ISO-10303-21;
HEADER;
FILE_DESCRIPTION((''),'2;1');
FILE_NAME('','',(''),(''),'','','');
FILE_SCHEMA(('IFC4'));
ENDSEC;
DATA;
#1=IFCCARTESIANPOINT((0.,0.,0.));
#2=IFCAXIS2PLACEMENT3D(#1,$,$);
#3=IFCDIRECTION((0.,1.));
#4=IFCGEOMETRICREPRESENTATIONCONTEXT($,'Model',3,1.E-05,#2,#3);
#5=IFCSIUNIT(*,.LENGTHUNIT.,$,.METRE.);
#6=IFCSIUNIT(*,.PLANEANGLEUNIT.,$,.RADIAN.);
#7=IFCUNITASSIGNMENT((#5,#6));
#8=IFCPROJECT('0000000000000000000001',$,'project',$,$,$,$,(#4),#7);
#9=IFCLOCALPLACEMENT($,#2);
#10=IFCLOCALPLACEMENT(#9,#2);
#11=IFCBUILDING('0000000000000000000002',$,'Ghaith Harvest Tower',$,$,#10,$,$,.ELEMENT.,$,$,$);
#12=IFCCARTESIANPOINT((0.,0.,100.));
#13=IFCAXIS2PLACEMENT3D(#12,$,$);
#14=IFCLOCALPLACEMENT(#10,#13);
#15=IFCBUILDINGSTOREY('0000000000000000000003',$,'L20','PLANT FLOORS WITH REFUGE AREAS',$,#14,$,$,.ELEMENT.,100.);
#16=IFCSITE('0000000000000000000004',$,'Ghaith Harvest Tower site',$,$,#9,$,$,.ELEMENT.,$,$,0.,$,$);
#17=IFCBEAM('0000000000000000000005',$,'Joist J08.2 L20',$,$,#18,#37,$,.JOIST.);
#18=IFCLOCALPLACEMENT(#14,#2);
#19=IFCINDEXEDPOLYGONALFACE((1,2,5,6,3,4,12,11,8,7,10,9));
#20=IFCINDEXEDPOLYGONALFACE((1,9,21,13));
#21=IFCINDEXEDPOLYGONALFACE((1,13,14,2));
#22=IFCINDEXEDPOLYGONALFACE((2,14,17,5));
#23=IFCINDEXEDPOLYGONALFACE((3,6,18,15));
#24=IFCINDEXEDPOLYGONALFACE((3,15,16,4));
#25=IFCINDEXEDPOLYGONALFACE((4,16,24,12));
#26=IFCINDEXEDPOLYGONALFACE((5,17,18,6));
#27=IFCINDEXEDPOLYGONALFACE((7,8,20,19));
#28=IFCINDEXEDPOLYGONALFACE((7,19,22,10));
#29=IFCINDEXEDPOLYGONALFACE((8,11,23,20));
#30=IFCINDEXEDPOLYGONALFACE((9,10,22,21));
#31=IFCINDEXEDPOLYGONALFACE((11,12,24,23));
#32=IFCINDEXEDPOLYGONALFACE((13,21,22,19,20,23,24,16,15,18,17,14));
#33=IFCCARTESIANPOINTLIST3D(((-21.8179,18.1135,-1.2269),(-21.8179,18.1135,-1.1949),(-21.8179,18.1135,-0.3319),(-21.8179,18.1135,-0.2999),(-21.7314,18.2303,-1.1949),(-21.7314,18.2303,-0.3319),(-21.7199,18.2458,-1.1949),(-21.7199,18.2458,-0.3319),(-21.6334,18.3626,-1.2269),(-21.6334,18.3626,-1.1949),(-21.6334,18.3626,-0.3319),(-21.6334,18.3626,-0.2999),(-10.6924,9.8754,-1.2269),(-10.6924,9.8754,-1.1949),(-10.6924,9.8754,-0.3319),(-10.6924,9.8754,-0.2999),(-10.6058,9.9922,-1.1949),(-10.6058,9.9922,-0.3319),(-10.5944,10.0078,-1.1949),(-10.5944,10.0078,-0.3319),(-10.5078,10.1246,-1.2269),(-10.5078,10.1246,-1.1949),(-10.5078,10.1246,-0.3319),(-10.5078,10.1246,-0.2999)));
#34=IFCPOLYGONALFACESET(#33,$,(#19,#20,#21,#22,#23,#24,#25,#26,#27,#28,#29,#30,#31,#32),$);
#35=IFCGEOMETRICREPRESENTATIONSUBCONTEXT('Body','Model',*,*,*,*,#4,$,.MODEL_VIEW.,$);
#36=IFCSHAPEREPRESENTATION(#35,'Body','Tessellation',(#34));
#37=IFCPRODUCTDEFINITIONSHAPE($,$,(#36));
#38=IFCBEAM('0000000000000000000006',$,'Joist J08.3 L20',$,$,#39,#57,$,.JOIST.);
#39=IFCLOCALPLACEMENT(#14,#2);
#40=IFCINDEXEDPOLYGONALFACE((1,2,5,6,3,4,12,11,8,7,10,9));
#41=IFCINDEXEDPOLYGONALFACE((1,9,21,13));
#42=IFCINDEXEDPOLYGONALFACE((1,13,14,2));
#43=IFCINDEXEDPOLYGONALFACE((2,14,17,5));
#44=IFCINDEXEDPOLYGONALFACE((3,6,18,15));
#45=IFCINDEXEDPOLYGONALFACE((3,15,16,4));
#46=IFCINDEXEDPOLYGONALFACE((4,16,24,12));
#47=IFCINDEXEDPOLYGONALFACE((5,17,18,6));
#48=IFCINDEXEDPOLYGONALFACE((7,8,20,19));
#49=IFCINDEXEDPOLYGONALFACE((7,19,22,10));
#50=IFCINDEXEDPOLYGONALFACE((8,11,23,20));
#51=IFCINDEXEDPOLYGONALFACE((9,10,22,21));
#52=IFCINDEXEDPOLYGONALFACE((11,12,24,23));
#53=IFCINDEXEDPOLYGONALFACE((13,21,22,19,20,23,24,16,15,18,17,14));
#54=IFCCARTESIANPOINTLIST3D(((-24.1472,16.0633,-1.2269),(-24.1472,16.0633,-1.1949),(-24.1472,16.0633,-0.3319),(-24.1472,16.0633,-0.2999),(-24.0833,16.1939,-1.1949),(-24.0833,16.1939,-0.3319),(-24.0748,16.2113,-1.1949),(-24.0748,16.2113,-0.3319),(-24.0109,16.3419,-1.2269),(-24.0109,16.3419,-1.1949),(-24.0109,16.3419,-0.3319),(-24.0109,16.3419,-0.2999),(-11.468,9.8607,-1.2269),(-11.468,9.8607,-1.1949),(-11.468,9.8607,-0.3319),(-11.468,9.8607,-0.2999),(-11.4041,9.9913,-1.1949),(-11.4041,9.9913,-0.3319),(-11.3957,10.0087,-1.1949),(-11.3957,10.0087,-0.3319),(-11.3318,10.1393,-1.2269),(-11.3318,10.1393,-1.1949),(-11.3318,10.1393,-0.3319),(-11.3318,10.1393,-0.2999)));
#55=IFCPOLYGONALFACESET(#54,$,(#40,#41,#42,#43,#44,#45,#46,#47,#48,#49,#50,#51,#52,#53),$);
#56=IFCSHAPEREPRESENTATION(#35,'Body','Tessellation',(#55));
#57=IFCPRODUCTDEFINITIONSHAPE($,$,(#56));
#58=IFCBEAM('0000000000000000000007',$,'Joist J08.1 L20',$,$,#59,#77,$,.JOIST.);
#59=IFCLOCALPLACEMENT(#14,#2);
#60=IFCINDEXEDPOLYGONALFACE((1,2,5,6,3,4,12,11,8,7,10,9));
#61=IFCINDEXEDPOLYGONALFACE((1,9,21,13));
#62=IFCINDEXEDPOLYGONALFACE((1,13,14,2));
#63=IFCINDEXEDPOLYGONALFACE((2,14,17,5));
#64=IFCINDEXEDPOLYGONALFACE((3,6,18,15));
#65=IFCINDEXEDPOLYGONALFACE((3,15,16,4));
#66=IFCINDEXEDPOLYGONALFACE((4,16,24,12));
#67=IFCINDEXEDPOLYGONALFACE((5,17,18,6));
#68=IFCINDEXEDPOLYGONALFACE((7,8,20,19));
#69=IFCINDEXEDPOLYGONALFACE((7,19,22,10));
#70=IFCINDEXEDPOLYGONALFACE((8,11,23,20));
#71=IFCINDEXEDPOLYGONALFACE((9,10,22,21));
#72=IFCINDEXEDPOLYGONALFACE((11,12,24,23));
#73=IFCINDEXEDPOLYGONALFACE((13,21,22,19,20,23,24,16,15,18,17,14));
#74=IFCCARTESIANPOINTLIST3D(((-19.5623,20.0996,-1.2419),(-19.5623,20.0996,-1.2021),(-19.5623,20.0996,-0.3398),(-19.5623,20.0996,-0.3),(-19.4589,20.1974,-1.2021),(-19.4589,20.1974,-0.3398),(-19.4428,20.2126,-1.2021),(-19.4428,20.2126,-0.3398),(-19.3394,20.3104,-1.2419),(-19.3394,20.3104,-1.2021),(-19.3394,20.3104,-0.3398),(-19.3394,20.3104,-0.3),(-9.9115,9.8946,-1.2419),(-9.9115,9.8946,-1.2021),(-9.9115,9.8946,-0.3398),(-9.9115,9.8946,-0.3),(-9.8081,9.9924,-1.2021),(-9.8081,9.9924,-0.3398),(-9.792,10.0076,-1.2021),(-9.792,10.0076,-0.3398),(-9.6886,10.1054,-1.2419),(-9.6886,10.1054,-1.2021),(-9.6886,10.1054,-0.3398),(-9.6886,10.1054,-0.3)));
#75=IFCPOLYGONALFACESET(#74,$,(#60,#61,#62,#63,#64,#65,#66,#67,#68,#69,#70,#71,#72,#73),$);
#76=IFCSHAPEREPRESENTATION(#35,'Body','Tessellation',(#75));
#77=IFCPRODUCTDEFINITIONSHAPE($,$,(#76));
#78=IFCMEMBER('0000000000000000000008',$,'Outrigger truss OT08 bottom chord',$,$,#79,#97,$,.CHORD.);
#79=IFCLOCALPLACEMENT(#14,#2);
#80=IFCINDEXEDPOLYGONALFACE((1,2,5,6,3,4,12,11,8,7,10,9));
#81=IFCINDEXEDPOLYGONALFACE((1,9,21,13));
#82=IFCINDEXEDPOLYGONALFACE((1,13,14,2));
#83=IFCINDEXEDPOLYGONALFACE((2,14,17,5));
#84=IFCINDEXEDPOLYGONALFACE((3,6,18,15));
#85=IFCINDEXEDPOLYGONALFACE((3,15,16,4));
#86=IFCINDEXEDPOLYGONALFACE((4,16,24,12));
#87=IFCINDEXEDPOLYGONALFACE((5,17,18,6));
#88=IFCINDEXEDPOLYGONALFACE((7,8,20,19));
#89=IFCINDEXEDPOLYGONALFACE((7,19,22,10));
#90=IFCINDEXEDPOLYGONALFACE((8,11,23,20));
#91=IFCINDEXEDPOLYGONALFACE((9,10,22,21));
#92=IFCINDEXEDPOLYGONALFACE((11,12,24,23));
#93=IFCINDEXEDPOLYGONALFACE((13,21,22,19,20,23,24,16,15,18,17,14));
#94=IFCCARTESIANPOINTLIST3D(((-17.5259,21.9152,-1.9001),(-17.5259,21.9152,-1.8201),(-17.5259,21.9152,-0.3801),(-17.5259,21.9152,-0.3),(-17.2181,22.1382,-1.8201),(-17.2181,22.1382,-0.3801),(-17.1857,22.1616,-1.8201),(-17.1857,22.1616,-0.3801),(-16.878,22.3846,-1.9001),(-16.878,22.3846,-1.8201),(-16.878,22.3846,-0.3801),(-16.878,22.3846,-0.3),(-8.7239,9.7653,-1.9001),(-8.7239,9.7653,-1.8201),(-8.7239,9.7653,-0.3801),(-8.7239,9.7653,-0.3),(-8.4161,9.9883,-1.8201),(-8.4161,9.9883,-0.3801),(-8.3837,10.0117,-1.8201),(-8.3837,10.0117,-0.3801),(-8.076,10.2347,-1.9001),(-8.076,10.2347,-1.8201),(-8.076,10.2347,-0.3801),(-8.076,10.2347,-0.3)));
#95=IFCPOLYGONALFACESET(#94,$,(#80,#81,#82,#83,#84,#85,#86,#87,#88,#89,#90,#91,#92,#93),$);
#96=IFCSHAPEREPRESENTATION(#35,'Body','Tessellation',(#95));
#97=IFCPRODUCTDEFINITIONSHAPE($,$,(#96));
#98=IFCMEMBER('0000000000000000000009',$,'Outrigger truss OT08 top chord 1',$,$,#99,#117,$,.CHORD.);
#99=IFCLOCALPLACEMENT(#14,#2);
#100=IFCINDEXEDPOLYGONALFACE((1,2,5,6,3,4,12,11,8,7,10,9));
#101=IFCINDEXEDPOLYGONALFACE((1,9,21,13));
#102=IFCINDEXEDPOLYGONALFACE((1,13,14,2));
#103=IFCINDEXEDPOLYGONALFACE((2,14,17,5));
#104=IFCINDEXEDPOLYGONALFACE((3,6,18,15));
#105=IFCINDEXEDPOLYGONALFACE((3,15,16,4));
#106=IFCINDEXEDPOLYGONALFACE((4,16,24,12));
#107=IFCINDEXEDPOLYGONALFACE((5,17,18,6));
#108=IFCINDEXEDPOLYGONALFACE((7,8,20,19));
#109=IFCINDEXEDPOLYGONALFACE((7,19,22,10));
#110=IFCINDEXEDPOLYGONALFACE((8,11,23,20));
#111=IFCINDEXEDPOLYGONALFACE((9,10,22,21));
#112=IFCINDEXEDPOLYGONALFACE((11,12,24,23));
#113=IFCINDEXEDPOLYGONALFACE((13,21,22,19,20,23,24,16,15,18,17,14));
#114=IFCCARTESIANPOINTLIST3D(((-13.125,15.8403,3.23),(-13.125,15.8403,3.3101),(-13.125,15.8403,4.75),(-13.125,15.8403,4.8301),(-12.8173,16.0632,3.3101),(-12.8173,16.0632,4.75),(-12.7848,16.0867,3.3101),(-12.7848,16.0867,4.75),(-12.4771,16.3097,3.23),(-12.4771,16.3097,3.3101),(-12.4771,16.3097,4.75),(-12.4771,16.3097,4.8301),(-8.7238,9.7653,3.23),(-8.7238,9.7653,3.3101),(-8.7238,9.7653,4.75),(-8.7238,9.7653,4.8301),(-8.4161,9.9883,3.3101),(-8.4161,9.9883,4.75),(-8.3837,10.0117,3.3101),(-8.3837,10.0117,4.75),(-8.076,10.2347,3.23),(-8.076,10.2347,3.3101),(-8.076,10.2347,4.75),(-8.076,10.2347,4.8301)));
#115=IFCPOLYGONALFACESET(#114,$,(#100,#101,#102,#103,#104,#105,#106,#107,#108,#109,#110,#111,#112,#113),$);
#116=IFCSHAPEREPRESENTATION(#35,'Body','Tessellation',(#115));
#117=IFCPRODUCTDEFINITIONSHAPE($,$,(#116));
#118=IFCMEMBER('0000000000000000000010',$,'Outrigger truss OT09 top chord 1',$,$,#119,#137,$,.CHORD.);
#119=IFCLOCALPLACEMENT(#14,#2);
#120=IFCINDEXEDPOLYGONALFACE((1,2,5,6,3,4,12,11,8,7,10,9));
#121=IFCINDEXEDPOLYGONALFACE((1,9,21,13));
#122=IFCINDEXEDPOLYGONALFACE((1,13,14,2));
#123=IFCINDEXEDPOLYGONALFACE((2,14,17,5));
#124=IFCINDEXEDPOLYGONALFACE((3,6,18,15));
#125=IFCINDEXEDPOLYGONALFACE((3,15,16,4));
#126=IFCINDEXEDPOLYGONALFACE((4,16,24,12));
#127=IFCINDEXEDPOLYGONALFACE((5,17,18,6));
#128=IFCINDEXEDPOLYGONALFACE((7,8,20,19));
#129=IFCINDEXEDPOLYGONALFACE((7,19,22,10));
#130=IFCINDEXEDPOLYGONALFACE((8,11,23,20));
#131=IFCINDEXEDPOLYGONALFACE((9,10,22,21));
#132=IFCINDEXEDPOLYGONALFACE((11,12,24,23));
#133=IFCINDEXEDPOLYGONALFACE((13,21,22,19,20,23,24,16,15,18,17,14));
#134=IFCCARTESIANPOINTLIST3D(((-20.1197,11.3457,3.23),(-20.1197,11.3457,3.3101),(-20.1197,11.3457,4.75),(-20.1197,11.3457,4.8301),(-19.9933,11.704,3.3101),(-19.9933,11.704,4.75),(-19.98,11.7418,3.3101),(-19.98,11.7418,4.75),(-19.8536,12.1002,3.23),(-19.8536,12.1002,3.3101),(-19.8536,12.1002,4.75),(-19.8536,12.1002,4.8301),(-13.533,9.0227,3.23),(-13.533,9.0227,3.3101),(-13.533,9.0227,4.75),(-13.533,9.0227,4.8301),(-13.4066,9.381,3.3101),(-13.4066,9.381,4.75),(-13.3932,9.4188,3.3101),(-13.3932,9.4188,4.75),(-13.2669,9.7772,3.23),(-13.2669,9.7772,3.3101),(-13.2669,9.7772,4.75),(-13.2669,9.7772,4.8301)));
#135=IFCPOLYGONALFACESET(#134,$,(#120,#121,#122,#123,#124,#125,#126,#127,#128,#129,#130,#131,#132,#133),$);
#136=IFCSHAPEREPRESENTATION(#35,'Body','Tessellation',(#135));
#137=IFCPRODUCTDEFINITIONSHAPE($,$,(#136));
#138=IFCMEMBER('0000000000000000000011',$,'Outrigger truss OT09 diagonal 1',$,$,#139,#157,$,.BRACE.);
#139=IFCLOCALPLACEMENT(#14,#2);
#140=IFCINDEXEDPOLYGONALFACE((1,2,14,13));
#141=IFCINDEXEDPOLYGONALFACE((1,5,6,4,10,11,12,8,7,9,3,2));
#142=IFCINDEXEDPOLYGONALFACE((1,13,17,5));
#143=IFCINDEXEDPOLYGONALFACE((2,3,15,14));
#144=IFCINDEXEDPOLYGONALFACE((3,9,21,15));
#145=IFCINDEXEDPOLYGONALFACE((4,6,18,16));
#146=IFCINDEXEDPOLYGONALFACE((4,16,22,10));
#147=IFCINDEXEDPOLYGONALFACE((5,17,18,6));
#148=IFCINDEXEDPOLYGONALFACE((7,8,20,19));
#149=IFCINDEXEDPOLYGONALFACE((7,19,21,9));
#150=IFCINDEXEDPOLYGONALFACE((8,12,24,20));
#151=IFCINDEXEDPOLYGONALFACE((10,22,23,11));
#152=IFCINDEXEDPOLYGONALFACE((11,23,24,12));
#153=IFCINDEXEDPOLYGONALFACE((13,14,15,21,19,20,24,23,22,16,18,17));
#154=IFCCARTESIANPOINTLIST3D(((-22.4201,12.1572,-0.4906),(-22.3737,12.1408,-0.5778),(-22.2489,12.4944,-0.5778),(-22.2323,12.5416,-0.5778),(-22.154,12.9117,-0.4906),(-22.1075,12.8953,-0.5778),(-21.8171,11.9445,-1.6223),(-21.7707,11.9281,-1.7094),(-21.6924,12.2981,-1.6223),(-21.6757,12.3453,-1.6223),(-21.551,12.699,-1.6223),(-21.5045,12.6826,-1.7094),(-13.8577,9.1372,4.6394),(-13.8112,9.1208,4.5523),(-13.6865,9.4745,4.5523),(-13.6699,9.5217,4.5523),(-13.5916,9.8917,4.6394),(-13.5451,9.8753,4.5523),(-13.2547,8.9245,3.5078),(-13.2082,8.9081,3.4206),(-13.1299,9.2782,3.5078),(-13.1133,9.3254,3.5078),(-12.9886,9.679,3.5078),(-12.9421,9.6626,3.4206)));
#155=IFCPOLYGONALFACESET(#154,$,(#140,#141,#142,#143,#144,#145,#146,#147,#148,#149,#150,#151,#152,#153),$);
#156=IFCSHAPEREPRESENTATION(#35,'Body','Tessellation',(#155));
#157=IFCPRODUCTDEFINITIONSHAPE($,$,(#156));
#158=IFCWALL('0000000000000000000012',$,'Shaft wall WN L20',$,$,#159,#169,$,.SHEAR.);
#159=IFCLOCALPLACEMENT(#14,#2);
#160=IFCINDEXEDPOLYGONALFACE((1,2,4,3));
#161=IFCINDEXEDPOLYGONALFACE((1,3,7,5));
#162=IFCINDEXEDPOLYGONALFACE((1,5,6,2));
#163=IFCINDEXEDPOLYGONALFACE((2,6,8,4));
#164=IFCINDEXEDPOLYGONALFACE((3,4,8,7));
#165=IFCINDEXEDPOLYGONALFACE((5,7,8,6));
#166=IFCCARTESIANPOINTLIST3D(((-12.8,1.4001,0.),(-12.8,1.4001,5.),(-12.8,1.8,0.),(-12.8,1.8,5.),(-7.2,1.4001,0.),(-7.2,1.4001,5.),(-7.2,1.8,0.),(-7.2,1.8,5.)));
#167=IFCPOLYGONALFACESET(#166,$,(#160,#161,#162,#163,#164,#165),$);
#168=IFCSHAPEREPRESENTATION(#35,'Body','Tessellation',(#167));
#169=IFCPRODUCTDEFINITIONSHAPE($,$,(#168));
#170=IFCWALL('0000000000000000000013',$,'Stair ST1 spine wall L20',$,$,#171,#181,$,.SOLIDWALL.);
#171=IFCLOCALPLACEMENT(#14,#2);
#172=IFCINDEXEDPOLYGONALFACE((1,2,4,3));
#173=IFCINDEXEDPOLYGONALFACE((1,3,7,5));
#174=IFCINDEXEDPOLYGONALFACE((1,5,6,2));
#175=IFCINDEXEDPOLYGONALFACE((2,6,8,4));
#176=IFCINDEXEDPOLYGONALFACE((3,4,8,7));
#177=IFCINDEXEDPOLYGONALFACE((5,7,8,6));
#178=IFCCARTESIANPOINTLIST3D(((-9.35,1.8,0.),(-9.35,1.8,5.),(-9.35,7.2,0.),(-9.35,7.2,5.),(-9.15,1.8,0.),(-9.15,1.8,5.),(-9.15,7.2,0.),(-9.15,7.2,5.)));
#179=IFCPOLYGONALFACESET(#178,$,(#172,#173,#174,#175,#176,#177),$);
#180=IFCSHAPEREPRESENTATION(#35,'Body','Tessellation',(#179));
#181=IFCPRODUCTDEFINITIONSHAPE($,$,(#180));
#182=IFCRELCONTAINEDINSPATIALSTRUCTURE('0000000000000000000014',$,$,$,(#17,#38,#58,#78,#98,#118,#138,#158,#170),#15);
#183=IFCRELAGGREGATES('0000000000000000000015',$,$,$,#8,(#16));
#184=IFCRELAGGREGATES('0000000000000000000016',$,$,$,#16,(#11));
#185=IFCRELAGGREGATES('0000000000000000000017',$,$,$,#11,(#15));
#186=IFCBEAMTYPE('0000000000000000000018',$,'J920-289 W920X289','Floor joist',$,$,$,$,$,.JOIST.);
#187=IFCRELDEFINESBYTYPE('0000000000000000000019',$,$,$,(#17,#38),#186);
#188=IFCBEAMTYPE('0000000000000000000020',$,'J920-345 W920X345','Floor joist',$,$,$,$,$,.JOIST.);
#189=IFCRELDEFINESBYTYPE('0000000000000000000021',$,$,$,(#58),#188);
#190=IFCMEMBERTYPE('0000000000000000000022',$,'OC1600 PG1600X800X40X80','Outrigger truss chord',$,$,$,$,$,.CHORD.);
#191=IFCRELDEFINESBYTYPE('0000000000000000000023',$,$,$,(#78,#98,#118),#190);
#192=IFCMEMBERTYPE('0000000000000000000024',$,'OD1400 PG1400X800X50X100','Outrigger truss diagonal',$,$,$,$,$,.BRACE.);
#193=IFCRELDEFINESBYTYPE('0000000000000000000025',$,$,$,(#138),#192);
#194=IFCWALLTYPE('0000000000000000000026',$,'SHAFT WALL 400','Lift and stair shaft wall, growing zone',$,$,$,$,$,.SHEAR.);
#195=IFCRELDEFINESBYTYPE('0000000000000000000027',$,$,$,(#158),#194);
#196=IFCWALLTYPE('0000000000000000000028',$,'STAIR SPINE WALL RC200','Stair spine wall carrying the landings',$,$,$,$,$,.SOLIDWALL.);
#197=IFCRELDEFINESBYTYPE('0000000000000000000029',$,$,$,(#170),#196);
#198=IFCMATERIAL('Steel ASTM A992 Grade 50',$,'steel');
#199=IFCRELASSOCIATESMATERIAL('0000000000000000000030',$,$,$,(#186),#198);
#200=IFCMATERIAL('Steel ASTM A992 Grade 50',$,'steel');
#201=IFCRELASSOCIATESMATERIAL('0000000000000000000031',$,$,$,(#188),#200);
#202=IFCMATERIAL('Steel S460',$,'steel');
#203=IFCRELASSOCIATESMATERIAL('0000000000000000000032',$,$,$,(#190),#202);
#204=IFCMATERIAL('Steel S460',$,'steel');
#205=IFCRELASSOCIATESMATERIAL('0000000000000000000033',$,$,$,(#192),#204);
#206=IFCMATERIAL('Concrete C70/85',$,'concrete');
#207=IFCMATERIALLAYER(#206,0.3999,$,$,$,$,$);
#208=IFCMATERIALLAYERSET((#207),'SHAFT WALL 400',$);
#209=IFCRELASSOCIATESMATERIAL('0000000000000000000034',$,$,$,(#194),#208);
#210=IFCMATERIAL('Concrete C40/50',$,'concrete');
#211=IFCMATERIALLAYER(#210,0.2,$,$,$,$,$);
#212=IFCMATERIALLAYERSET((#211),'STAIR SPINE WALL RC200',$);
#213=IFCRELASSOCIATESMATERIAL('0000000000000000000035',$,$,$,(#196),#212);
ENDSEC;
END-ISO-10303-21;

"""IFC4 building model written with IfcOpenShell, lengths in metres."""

from ifc_helpers import new_model, si_unit, direction, frame, frame_2d, origin, origin_2d, place, context, subcontext, project, spatial, rectangle, i_section, extrude, material, layer, layer_set, material_profile, profile_set, type_object, element, save


model = new_model("IFC4")

# Units and contexts
model_context = context("Model", 3, precision=1e-05, world=origin(), true_north=direction((0.0, 1.0)))
body_context = subcontext(model_context, "Body", "Model", "MODEL_VIEW")
ifc_project = project(units=[si_unit("LENGTHUNIT", "METRE"), si_unit("PLANEANGLEUNIT", "RADIAN")], contexts=[model_context])

# Site, building, storey
site_placement = place(None, origin())
site = spatial("IfcSite", under=ifc_project, at=site_placement, Name="Ghaith Harvest Tower site", CompositionType="ELEMENT", RefElevation=0.0)
building_placement = place(site_placement, origin())
building = spatial("IfcBuilding", under=site, at=building_placement, Name="Ghaith Harvest Tower", CompositionType="ELEMENT")
storey_placement = place(building_placement, frame((0.0, 0.0, 100.0)))
storey = spatial("IfcBuildingStorey", under=building, at=storey_placement, Name="L20", Description="PLANT FLOORS WITH REFUGE AREAS", CompositionType="ELEMENT", Elevation=100.0)

# Beams
ifc_material_1 = material(Name="Steel ASTM A992 Grade 50", Category="steel")
ifc_material_profile_1 = material_profile(ifc_material_1, i_section(OverallWidth=0.3101, OverallDepth=0.927, WebThickness=0.0193, FlangeThickness=0.032, at=origin_2d()), Name="W920X289")
ifc_profile_set_1 = profile_set([ifc_material_profile_1], Name="Steel ASTM A992 Grade 50")
beam_type_1 = type_object("IfcBeamType", Name="J920-289 W920X289", Description="Floor joist", PredefinedType="JOIST", material=ifc_profile_set_1)
beam_1_placement = place(storey_placement, frame((-10.6001, 10.0, -0.7634), z_axis=(-0.803663, 0.595085, 0.0), x_axis=(-0.595085, -0.803663, 0.0)))
element("IfcBeam", 1, at=beam_1_placement, inside=storey, type_object=beam_type_1, Name="Joist J08.2 L20", PredefinedType="JOIST", context=body_context, shape_type="SweptSolid", body=[
    extrude(i_section(OverallWidth=0.3101, OverallDepth=0.927, WebThickness=0.0193, FlangeThickness=0.032, at=origin_2d()), origin(), (0.0, 0.0, 1.0), 13.8435),
])
beam_2_placement = place(storey_placement, frame((-11.3999, 10.0, -0.7634), z_axis=(-0.898275, 0.439434, 0.0), x_axis=(-0.439434, -0.898275, 0.0)))
element("IfcBeam", 2, at=beam_2_placement, inside=storey, type_object=beam_type_1, Name="Joist J08.3 L20", PredefinedType="JOIST", context=body_context, shape_type="SweptSolid", body=[
    extrude(i_section(OverallWidth=0.3101, OverallDepth=0.927, WebThickness=0.0193, FlangeThickness=0.032, at=origin_2d()), origin(), (0.0, 0.0, 1.0), 14.115),
])
ifc_material_2 = material(Name="Steel ASTM A992 Grade 50", Category="steel")
ifc_material_profile_2 = material_profile(ifc_material_2, i_section(OverallWidth=0.3069, OverallDepth=0.9419, WebThickness=0.0222, FlangeThickness=0.0398, at=origin_2d()), Name="W920X345")
ifc_profile_set_2 = profile_set([ifc_material_profile_2], Name="Steel ASTM A992 Grade 50")
beam_type_2 = type_object("IfcBeamType", Name="J920-345 W920X345", Description="Floor joist", PredefinedType="JOIST", material=ifc_profile_set_2)
beam_3_placement = place(storey_placement, frame((-9.8, 10.0, -0.771), z_axis=(-0.687103, 0.72656, 0.0), x_axis=(-0.72656, -0.687103, 0.0)))
element("IfcBeam", 3, at=beam_3_placement, inside=storey, type_object=beam_type_2, Name="Joist J08.1 L20", PredefinedType="JOIST", context=body_context, shape_type="SweptSolid", body=[
    extrude(i_section(OverallWidth=0.3069, OverallDepth=0.9419, WebThickness=0.0222, FlangeThickness=0.0398, at=origin_2d()), origin(), (0.0, 0.0, 1.0), 14.0457),
])

# Members
ifc_material_3 = material(Name="Steel S460", Category="steel")
ifc_material_profile_3 = material_profile(ifc_material_3, i_section(OverallWidth=0.8, OverallDepth=1.6001, WebThickness=0.04, FlangeThickness=0.0801, at=origin_2d()), Name="PG1600X800X40X80")
ifc_profile_set_3 = profile_set([ifc_material_profile_3], Name="Steel S460")
member_type_1 = type_object("IfcMemberType", Name="OC1600 PG1600X800X40X80", Description="Outrigger truss chord", PredefinedType="CHORD", material=ifc_profile_set_3)
member_1_placement = place(storey_placement, frame((-8.3999, 10.0, -1.1001), z_axis=(-0.586676, 0.809822, 0.0), x_axis=(-0.809822, -0.586676, 0.0)))
element("IfcMember", 4, at=member_1_placement, inside=storey, type_object=member_type_1, Name="Outrigger truss OT08 bottom chord", PredefinedType="CHORD", context=body_context, shape_type="SweptSolid", body=[
    extrude(i_section(OverallWidth=0.8, OverallDepth=1.6001, WebThickness=0.04, FlangeThickness=0.0801, at=origin_2d()), origin(), (0.0, 0.0, 1.0), 15.0032),
])
member_2_placement = place(storey_placement, frame((-8.3999, 10.0, 4.03), z_axis=(-0.586686, 0.809814, 0.0), x_axis=(-0.809814, -0.586686, 0.0)))
element("IfcMember", 5, at=member_2_placement, inside=storey, type_object=member_type_1, Name="Outrigger truss OT08 top chord 1", PredefinedType="CHORD", context=body_context, shape_type="SweptSolid", body=[
    extrude(i_section(OverallWidth=0.8, OverallDepth=1.6001, WebThickness=0.04, FlangeThickness=0.0801, at=origin_2d()), origin(), (0.0, 0.0, 1.0), 7.5017),
])
member_3_placement = place(storey_placement, frame((-13.3999, 9.3999, 4.03), z_axis=(-0.943067, 0.332603, 0.0), x_axis=(-0.332603, -0.943067, 0.0)))
element("IfcMember", 6, at=member_3_placement, inside=storey, type_object=member_type_1, Name="Outrigger truss OT09 top chord 1", PredefinedType="CHORD", context=body_context, shape_type="SweptSolid", body=[
    extrude(i_section(OverallWidth=0.8, OverallDepth=1.6001, WebThickness=0.04, FlangeThickness=0.0801, at=origin_2d()), origin(), (0.0, 0.0, 1.0), 6.9844),
])
ifc_material_4 = material(Name="Steel S460", Category="steel")
ifc_material_profile_4 = material_profile(ifc_material_4, i_section(OverallWidth=0.8, OverallDepth=1.3999, WebThickness=0.05, FlangeThickness=0.1001, at=origin_2d()), Name="PG1400X800X50X100")
ifc_profile_set_4 = profile_set([ifc_material_profile_4], Name="Steel S460")
member_type_2 = type_object("IfcMemberType", Name="OD1400 PG1400X800X50X100", Description="Outrigger truss diagonal", PredefinedType="BRACE", material=ifc_profile_set_4)
member_4_placement = place(storey_placement, frame((-13.3999, 9.3999, 4.03), z_axis=(-0.821062, 0.289591, -0.49193), x_axis=(-0.33262, -0.943061, 0.0)))
element("IfcMember", 7, at=member_4_placement, inside=storey, type_object=member_type_2, Name="Outrigger truss OT09 diagonal 1", PredefinedType="BRACE", context=body_context, shape_type="SweptSolid", body=[
    extrude(i_section(OverallWidth=0.8, OverallDepth=1.3999, WebThickness=0.05, FlangeThickness=0.1001, at=origin_2d()), origin(), (0.0, 0.0, 1.0), 10.4285),
])

# Walls
ifc_material_5 = material(Name="Concrete C70/85", Category="concrete")
ifc_layer_1 = layer(ifc_material_5, 0.3999)
ifc_layer_set_1 = layer_set([ifc_layer_1], Name="SHAFT WALL 400")
wall_type_1 = type_object("IfcWallType", Name="SHAFT WALL 400", Description="Lift and stair shaft wall, growing zone", PredefinedType="SHEAR", material=ifc_layer_set_1)
wall_1_placement = place(storey_placement, frame((-12.8, 1.6001, 0.0), z_axis=(0.0, 0.0, 1.0), x_axis=(1.0, 0.0, 0.0)))
element("IfcWall", 8, at=wall_1_placement, inside=storey, type_object=wall_type_1, Name="Shaft wall WN L20", PredefinedType="SHEAR", context=body_context, shape_type="SweptSolid", body=[
    extrude(rectangle(XDim=5.6001, YDim=0.3999, at=frame_2d((2.8, 0.0))), origin(), (0.0, 0.0, 1.0), 5.0),
])
ifc_material_6 = material(Name="Concrete C40/50", Category="concrete")
ifc_layer_2 = layer(ifc_material_6, 0.2)
ifc_layer_set_2 = layer_set([ifc_layer_2], Name="STAIR SPINE WALL RC200")
wall_type_2 = type_object("IfcWallType", Name="STAIR SPINE WALL RC200", Description="Stair spine wall carrying the landings", PredefinedType="SOLIDWALL", material=ifc_layer_set_2)
wall_2_placement = place(storey_placement, frame((-9.25, 7.2, 0.0), z_axis=(0.0, 0.0, 1.0), x_axis=(0.0, -1.0, 0.0)))
element("IfcWall", 9, at=wall_2_placement, inside=storey, type_object=wall_type_2, Name="Stair ST1 spine wall L20", PredefinedType="SOLIDWALL", context=body_context, shape_type="SweptSolid", body=[
    extrude(rectangle(XDim=5.3999, YDim=0.2, at=frame_2d((2.7, 0.0))), origin(), (0.0, 0.0, 1.0), 5.0),
])

save(model, "model.ifc")
